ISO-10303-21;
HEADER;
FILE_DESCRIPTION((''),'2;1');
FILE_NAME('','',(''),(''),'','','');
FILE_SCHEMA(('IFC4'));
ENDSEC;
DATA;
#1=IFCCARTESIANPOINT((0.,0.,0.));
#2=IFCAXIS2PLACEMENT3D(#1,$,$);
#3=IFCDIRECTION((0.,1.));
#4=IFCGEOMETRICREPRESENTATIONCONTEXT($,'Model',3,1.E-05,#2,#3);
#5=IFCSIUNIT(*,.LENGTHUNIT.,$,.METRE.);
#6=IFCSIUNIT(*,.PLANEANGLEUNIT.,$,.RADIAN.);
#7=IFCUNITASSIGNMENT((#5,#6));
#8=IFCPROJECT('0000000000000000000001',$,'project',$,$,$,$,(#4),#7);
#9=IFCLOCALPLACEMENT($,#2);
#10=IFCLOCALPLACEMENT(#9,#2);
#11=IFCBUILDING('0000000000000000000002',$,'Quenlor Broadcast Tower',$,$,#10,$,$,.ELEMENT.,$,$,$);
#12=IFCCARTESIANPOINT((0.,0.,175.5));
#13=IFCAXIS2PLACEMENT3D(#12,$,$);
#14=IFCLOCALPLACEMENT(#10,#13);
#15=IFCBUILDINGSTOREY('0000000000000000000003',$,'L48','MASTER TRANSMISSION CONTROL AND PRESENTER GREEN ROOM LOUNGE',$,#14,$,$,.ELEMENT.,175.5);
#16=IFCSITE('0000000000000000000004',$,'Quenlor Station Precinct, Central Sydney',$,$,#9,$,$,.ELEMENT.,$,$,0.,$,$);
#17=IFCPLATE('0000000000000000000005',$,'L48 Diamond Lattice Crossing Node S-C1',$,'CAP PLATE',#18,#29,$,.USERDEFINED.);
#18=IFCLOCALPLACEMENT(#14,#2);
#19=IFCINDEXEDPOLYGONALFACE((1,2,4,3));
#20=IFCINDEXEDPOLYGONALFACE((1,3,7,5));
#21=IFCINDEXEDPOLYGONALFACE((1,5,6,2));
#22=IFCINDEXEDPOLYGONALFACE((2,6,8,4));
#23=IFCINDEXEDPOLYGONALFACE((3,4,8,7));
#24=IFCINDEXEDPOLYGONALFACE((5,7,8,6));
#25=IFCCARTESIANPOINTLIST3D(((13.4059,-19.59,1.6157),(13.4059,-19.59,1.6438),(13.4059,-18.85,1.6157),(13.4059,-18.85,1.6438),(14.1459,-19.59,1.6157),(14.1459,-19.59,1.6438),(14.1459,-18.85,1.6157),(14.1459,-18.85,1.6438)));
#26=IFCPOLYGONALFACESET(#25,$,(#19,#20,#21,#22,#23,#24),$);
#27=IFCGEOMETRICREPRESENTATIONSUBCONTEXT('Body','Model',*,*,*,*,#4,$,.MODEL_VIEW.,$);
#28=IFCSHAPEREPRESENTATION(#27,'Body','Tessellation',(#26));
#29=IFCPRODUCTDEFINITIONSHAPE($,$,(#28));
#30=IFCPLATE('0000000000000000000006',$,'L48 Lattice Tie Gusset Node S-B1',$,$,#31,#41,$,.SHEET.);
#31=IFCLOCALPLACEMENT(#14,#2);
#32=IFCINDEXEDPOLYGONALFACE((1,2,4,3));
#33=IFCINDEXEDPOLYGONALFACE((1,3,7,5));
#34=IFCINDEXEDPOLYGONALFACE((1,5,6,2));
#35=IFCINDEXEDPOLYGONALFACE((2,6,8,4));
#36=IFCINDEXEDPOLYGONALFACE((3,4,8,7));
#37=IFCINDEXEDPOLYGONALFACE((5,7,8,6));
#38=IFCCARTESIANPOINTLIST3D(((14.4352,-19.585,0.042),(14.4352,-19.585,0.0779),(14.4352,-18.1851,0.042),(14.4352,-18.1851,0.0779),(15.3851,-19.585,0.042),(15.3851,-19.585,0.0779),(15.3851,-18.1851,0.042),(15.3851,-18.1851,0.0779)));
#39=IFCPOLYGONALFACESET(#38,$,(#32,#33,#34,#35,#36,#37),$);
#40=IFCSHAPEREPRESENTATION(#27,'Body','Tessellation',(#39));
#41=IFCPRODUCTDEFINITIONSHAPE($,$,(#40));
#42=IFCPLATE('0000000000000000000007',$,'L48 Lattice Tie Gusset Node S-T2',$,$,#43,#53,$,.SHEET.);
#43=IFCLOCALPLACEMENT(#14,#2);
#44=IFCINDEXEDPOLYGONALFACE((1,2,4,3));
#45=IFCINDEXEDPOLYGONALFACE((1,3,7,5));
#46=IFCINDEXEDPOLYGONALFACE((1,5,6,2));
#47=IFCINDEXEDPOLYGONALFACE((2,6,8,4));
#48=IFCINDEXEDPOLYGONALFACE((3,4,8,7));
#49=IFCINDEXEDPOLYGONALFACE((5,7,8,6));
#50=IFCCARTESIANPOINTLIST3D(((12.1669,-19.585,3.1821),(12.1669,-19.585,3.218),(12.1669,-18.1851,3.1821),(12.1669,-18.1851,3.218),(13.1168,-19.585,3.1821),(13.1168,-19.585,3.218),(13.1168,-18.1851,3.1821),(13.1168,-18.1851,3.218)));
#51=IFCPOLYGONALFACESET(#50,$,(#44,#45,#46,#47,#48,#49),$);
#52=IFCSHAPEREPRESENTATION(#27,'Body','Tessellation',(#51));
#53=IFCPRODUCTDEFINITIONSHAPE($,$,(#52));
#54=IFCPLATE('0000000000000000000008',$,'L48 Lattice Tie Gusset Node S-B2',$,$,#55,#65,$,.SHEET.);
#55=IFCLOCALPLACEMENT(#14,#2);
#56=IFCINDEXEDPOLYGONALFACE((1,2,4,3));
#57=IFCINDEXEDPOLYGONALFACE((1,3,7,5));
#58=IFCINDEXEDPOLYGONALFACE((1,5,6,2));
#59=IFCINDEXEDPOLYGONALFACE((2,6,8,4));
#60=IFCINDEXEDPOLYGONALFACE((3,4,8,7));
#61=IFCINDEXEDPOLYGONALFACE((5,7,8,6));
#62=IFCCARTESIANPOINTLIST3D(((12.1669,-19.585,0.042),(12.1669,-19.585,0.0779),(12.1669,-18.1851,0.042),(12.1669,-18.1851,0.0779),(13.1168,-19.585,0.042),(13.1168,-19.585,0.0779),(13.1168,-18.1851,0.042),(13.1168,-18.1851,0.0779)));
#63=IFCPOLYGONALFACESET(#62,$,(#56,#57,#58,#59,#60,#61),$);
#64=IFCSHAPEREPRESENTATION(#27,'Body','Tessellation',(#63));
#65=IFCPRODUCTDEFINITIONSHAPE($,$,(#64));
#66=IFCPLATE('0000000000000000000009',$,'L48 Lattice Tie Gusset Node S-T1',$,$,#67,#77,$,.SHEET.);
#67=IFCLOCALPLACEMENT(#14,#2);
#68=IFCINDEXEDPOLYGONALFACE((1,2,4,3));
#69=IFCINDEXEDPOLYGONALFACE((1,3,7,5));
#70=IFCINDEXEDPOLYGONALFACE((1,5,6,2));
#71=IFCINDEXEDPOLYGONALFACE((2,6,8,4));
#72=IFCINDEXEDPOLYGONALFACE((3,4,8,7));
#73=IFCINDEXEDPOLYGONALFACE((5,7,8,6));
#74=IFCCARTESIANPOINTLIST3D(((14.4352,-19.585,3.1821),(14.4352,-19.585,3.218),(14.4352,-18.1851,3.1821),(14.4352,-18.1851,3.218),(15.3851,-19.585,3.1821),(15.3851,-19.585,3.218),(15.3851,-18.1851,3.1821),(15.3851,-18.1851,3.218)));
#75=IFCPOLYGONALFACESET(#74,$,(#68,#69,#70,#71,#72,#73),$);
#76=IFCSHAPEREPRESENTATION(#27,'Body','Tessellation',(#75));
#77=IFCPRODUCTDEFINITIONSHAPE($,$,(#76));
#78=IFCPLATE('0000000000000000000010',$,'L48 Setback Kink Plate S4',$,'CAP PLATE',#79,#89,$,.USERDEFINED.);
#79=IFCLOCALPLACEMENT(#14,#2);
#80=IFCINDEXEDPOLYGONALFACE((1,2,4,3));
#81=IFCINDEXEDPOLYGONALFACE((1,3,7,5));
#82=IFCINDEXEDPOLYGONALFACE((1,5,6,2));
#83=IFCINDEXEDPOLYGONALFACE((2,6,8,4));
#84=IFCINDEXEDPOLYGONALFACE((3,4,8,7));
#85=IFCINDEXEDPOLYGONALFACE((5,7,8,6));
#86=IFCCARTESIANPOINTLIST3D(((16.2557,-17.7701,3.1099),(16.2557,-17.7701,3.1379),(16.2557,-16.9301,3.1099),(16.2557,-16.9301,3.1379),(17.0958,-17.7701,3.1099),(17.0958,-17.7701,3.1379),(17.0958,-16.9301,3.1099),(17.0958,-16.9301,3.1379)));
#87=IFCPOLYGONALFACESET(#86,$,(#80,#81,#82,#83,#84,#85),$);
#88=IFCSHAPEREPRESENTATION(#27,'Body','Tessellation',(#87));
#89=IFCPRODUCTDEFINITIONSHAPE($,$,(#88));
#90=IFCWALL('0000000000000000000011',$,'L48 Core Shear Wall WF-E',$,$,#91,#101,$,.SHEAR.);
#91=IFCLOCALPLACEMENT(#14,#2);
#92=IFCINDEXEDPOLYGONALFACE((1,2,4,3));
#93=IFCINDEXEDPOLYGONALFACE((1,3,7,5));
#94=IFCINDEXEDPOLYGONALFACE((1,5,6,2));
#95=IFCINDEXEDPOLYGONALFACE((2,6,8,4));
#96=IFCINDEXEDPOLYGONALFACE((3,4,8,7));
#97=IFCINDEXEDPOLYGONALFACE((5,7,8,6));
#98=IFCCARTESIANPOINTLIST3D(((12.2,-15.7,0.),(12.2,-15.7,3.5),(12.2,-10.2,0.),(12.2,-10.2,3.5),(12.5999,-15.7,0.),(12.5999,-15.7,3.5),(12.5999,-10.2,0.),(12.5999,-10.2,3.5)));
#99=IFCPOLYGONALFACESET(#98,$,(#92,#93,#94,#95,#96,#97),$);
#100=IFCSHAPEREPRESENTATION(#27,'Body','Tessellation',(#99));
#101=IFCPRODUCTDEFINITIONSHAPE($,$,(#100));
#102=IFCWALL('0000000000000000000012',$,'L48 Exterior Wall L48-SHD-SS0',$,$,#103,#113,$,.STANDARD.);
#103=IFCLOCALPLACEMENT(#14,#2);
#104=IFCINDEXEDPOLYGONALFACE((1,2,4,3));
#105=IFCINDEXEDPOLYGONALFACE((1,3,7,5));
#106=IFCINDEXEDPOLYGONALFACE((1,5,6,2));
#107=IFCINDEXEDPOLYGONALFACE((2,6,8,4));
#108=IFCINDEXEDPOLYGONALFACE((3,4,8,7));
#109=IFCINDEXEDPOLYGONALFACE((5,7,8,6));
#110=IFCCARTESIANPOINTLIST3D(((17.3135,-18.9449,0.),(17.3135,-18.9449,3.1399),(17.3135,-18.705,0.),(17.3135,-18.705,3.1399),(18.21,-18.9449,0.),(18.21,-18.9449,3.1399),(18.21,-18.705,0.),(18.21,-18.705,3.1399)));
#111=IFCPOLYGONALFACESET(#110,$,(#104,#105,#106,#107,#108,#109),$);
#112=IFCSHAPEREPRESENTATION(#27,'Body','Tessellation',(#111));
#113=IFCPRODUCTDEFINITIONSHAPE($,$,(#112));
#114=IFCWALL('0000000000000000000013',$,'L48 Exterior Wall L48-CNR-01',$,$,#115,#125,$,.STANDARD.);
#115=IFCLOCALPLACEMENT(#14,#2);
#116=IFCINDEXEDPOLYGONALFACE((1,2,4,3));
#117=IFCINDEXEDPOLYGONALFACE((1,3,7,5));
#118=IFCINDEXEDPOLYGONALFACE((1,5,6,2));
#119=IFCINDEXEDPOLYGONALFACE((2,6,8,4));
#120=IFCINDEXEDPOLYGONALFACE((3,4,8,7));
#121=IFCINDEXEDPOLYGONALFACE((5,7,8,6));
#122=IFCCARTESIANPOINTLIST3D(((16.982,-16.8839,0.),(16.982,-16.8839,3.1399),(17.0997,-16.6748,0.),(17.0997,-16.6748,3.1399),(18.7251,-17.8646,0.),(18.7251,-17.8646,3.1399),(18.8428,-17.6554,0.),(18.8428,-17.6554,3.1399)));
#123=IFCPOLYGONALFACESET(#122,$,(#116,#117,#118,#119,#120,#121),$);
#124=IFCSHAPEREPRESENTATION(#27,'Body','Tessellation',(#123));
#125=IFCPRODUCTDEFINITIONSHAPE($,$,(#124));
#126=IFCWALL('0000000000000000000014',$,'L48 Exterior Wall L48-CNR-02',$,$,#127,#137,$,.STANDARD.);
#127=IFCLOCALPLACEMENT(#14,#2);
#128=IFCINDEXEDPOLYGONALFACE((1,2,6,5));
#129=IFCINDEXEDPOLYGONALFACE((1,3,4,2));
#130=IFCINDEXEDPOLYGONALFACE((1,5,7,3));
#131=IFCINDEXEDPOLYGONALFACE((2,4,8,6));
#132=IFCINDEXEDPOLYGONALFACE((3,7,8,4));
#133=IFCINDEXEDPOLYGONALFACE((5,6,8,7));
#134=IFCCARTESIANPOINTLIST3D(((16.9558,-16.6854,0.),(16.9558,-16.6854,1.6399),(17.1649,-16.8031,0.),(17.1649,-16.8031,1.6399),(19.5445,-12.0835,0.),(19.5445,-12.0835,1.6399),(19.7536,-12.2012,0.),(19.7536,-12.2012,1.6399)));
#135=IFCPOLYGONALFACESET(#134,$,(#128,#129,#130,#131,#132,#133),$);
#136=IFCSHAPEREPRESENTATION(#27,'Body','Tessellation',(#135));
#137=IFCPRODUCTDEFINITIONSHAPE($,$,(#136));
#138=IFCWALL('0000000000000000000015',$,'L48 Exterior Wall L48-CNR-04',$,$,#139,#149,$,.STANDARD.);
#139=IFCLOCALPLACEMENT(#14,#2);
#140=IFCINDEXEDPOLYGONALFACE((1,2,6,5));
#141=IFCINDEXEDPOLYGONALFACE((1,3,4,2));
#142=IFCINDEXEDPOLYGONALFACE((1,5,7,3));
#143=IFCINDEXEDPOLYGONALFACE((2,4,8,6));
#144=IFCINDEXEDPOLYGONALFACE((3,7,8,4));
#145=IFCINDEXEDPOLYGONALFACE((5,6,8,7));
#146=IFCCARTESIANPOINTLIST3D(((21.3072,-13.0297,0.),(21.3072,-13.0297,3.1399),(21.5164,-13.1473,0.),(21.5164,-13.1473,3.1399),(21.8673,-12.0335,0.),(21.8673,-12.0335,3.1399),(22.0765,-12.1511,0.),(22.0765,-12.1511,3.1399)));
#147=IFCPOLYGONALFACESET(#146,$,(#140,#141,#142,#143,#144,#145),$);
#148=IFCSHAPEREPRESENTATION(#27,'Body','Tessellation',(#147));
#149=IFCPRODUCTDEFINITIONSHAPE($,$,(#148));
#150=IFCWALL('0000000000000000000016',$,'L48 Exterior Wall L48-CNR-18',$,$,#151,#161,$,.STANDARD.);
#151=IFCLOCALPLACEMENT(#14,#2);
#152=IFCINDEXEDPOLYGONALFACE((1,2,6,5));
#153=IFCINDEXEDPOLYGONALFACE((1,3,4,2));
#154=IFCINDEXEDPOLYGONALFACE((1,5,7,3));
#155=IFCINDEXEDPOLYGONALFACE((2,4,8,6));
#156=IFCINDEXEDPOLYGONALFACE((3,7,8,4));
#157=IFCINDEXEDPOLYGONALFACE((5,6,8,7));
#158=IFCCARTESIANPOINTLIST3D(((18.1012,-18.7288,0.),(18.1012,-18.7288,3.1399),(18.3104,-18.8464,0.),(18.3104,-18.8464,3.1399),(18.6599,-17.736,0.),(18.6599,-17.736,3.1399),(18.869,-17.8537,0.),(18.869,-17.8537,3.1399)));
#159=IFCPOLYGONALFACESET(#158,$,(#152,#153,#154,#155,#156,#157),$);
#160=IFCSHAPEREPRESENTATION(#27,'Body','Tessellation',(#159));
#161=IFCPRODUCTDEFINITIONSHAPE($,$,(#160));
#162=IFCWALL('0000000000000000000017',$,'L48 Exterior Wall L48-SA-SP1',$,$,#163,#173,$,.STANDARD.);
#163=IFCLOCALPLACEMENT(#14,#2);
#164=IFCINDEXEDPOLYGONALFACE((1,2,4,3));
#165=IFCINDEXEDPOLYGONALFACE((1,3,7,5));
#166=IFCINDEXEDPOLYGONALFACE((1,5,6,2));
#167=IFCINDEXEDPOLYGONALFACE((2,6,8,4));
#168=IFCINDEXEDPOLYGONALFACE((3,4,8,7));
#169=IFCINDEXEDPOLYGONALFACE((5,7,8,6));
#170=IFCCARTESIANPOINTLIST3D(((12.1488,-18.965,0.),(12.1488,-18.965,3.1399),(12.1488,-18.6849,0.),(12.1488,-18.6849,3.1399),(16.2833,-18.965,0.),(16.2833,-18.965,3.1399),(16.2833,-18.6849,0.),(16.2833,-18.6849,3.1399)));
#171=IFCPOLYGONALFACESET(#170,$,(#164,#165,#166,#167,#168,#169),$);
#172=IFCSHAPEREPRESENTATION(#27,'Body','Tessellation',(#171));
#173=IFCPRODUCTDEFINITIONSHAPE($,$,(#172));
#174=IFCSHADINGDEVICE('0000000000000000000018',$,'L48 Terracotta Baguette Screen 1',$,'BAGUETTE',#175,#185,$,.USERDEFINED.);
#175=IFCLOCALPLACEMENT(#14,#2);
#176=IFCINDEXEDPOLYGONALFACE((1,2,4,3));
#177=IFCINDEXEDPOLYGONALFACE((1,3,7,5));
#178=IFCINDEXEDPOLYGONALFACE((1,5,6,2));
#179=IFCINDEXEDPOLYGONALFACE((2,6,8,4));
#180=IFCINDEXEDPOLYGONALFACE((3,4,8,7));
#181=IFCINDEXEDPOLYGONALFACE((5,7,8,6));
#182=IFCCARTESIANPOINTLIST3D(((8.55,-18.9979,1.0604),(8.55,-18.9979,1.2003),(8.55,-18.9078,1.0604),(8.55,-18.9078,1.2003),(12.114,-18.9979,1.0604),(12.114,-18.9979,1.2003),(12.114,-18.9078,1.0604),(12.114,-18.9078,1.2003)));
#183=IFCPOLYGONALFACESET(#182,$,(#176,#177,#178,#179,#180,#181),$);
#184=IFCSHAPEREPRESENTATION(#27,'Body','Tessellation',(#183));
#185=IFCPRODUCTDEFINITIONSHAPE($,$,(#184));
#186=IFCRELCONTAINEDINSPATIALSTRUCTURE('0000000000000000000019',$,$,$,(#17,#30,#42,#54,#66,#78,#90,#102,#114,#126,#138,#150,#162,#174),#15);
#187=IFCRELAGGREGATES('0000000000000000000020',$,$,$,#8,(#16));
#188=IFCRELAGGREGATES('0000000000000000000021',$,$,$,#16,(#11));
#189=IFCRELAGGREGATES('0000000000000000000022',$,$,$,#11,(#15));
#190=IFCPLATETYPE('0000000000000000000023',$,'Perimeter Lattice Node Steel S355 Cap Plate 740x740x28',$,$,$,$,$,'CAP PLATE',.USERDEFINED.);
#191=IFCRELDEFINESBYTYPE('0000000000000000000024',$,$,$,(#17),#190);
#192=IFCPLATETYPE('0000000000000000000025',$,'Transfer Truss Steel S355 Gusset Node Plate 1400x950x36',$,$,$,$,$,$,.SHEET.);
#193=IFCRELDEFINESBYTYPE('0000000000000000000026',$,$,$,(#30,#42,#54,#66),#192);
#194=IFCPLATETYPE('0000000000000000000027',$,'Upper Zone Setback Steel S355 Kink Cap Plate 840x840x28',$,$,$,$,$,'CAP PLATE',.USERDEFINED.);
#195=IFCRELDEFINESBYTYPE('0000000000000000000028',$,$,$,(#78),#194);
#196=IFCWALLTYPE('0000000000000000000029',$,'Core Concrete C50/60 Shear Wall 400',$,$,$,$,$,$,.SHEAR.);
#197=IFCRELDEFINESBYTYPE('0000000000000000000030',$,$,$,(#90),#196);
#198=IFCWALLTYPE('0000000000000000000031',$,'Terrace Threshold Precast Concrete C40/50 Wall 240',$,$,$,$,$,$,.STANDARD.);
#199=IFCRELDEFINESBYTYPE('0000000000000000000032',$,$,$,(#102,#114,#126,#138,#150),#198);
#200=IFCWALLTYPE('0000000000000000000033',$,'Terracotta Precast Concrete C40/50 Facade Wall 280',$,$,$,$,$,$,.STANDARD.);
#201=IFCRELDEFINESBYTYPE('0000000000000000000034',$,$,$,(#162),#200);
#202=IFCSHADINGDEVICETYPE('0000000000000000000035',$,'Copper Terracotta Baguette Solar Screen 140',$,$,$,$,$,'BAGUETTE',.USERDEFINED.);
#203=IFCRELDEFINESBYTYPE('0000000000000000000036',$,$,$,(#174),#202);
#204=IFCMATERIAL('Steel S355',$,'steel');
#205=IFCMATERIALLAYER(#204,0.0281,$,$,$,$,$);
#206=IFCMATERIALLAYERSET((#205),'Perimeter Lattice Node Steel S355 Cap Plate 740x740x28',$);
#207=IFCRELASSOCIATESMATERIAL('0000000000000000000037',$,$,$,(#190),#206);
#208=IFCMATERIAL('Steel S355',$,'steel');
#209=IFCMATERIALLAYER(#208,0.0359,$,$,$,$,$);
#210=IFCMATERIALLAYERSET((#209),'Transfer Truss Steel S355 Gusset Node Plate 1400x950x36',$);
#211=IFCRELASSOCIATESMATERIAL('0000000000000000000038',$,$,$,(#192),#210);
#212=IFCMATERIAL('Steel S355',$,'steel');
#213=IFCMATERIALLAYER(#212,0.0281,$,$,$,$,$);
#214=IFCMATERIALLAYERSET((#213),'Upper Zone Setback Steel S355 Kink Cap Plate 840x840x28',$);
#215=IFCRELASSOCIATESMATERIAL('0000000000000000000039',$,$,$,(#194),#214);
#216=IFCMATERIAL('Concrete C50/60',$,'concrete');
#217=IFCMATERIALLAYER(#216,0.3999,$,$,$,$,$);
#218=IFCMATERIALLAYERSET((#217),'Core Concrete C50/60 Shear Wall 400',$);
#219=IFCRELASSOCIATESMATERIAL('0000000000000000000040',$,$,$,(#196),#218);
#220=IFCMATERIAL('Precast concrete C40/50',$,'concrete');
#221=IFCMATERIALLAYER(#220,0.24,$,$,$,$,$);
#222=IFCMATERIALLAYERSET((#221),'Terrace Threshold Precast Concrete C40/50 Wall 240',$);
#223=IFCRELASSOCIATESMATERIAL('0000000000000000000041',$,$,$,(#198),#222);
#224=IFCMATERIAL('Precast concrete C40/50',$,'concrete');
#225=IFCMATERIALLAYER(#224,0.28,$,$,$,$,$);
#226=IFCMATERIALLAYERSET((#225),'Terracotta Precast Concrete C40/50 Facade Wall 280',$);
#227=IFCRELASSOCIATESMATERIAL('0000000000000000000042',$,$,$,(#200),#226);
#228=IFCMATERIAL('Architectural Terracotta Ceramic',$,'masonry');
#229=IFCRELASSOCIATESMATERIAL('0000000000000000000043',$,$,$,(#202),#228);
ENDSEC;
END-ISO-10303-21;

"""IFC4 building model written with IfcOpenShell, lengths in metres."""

from ifc_helpers import new_model, si_unit, direction, frame, frame_2d, origin, origin_2d, place, context, subcontext, project, spatial, rectangle, extrude, material, layer, layer_set, material_profile, profile_set, type_object, element, save


model = new_model("IFC4")

# Units and contexts
model_context = context("Model", 3, precision=1e-05, world=origin(), true_north=direction((0.0, 1.0)))
body_context = subcontext(model_context, "Body", "Model", "MODEL_VIEW")
ifc_project = project(units=[si_unit("LENGTHUNIT", "METRE"), si_unit("PLANEANGLEUNIT", "RADIAN")], contexts=[model_context])

# Site, building, storey
site_placement = place(None, origin())
site = spatial("IfcSite", under=ifc_project, at=site_placement, Name="Quenlor Station Precinct, Central Sydney", CompositionType="ELEMENT", RefElevation=0.0)
building_placement = place(site_placement, origin())
building = spatial("IfcBuilding", under=site, at=building_placement, Name="Quenlor Broadcast Tower", CompositionType="ELEMENT")
storey_placement = place(building_placement, frame((0.0, 0.0, 175.5)))
storey = spatial("IfcBuildingStorey", under=building, at=storey_placement, Name="L48", Description="MASTER TRANSMISSION CONTROL AND PRESENTER GREEN ROOM LOUNGE", CompositionType="ELEMENT", Elevation=175.5)

# Plates
ifc_material_1 = material(Name="Steel S355", Category="steel")
ifc_layer_1 = layer(ifc_material_1, 0.0281)
ifc_layer_set_1 = layer_set([ifc_layer_1], Name="Perimeter Lattice Node Steel S355 Cap Plate 740x740x28")
plate_type_1 = type_object("IfcPlateType", Name="Perimeter Lattice Node Steel S355 Cap Plate 740x740x28", ElementType="CAP PLATE", PredefinedType="USERDEFINED", material=ifc_layer_set_1)
plate_1_placement = place(storey_placement, frame((13.7759, -19.22, 1.6157), z_axis=(0.0, 0.0, 1.0), x_axis=(-1.0, 0.0, 0.0)))
element("IfcPlate", 1, at=plate_1_placement, inside=storey, type_object=plate_type_1, Name="L48 Diamond Lattice Crossing Node S-C1", ObjectType="CAP PLATE", PredefinedType="USERDEFINED", context=body_context, shape_type="SweptSolid", body=[
    extrude(rectangle(XDim=0.74, YDim=0.74, at=origin_2d()), origin(), (0.0, 0.0, 1.0), 0.0281),
])
ifc_material_2 = material(Name="Steel S355", Category="steel")
ifc_layer_2 = layer(ifc_material_2, 0.0359)
ifc_layer_set_2 = layer_set([ifc_layer_2], Name="Transfer Truss Steel S355 Gusset Node Plate 1400x950x36")
plate_type_2 = type_object("IfcPlateType", Name="Transfer Truss Steel S355 Gusset Node Plate 1400x950x36", PredefinedType="SHEET", material=ifc_layer_set_2)
for number, where, z_axis, x_axis, name in (
    (2, (14.9102, -18.885, 0.042), (0.0, 0.0, 1.0), (0.0, -1.0, 0.0), "L48 Lattice Tie Gusset Node S-B1"),
    (3, (12.6418, -18.885, 3.1821), (0.0, 0.0, 1.0), (0.0, -1.0, 0.0), "L48 Lattice Tie Gusset Node S-T2"),
    (4, (12.6418, -18.885, 0.042), (0.0, 0.0, 1.0), (0.0, -1.0, 0.0), "L48 Lattice Tie Gusset Node S-B2"),
    (5, (14.9102, -18.885, 3.1821), (0.0, 0.0, 1.0), (0.0, -1.0, 0.0), "L48 Lattice Tie Gusset Node S-T1"),
):
    element("IfcPlate", number, at=place(storey_placement, frame(where, z_axis=z_axis, x_axis=x_axis)), inside=storey, type_object=plate_type_2, Name=name, PredefinedType="SHEET", context=body_context, shape_type="SweptSolid", body=[
        extrude(rectangle(XDim=1.3999, YDim=0.95, at=origin_2d()), origin(), (0.0, 0.0, 1.0), 0.0359),
    ])
ifc_material_3 = material(Name="Steel S355", Category="steel")
ifc_layer_3 = layer(ifc_material_3, 0.0281)
ifc_layer_set_3 = layer_set([ifc_layer_3], Name="Upper Zone Setback Steel S355 Kink Cap Plate 840x840x28")
plate_type_3 = type_object("IfcPlateType", Name="Upper Zone Setback Steel S355 Kink Cap Plate 840x840x28", ElementType="CAP PLATE", PredefinedType="USERDEFINED", material=ifc_layer_set_3)
plate_2_placement = place(storey_placement, frame((16.6758, -17.3501, 3.1099), z_axis=(0.0, 0.0, 1.0), x_axis=(0.0, 1.0, 0.0)))
element("IfcPlate", 6, at=plate_2_placement, inside=storey, type_object=plate_type_3, Name="L48 Setback Kink Plate S4", ObjectType="CAP PLATE", PredefinedType="USERDEFINED", context=body_context, shape_type="SweptSolid", body=[
    extrude(rectangle(XDim=0.8401, YDim=0.8401, at=origin_2d()), origin(), (0.0, 0.0, 1.0), 0.0281),
])

# Walls
ifc_material_4 = material(Name="Concrete C50/60", Category="concrete")
ifc_layer_4 = layer(ifc_material_4, 0.3999)
ifc_layer_set_4 = layer_set([ifc_layer_4], Name="Core Concrete C50/60 Shear Wall 400")
wall_type_1 = type_object("IfcWallType", Name="Core Concrete C50/60 Shear Wall 400", PredefinedType="SHEAR", material=ifc_layer_set_4)
wall_1_placement = place(storey_placement, frame((12.3999, -15.7, 0.0), z_axis=(0.0, 0.0, 1.0), x_axis=(0.0, 1.0, 0.0)))
element("IfcWall", 7, at=wall_1_placement, inside=storey, type_object=wall_type_1, Name="L48 Core Shear Wall WF-E", PredefinedType="SHEAR", context=body_context, shape_type="SweptSolid", body=[
    extrude(rectangle(XDim=5.5, YDim=0.3999, at=frame_2d((2.75, 0.0))), origin(), (0.0, 0.0, 1.0), 3.5),
])
ifc_material_5 = material(Name="Precast concrete C40/50", Category="concrete")
ifc_layer_5 = layer(ifc_material_5, 0.24)
ifc_layer_set_5 = layer_set([ifc_layer_5], Name="Terrace Threshold Precast Concrete C40/50 Wall 240")
wall_type_2 = type_object("IfcWallType", Name="Terrace Threshold Precast Concrete C40/50 Wall 240", PredefinedType="STANDARD", material=ifc_layer_set_5)
wall_2_placement = place(storey_placement, frame((18.21, -18.825, 0.0), z_axis=(0.0, 0.0, 1.0), x_axis=(-1.0, 0.0, 0.0)))
element("IfcWall", 8, at=wall_2_placement, inside=storey, type_object=wall_type_2, Name="L48 Exterior Wall L48-SHD-SS0", PredefinedType="STANDARD", context=body_context, shape_type="SweptSolid", body=[
    extrude(rectangle(XDim=0.8965, YDim=0.24, at=frame_2d((0.4482, 0.0))), origin(), (0.0, 0.0, 1.0), 3.1399),
])
wall_3_placement = place(storey_placement, frame((18.7839, -17.76, 0.0), z_axis=(0.0, 0.0, 1.0), x_axis=(-0.871536, 0.490331, 0.0)))
element("IfcWall", 9, at=wall_3_placement, inside=storey, type_object=wall_type_2, Name="L48 Exterior Wall L48-CNR-01", PredefinedType="STANDARD", context=body_context, shape_type="SweptSolid", body=[
    extrude(rectangle(XDim=2.0, YDim=0.24, at=frame_2d((1.0, 0.0))), origin(), (0.0, 0.0, 1.0), 3.1399),
])
wall_4_placement = place(storey_placement, frame((17.0603, -16.7444, 0.0), z_axis=(0.0, 0.0, 1.0), x_axis=(0.490277, 0.871567, 0.0)))
element("IfcWall", 10, at=wall_4_placement, inside=storey, type_object=wall_type_2, Name="L48 Exterior Wall L48-CNR-02", PredefinedType="STANDARD", context=body_context, shape_type="SweptSolid", body=[
    extrude(rectangle(XDim=5.28, YDim=0.24, at=frame_2d((2.6401, 0.0))), origin(), (0.0, 0.0, 1.0), 1.6399),
])
wall_5_placement = place(storey_placement, frame((21.4119, -13.0884, 0.0), z_axis=(0.0, 0.0, 1.0), x_axis=(0.490099, 0.871667, 0.0)))
element("IfcWall", 11, at=wall_5_placement, inside=storey, type_object=wall_type_2, Name="L48 Exterior Wall L48-CNR-04", PredefinedType="STANDARD", context=body_context, shape_type="SweptSolid", body=[
    extrude(rectangle(XDim=1.1428, YDim=0.24, at=frame_2d((0.5713, 0.0))), origin(), (0.0, 0.0, 1.0), 3.1399),
])
wall_6_placement = place(storey_placement, frame((18.2058, -18.7876, 0.0), z_axis=(0.0, 0.0, 1.0), x_axis=(0.490404, 0.871495, 0.0)))
element("IfcWall", 12, at=wall_6_placement, inside=storey, type_object=wall_type_2, Name="L48 Exterior Wall L48-CNR-18", PredefinedType="STANDARD", context=body_context, shape_type="SweptSolid", body=[
    extrude(rectangle(XDim=1.1392, YDim=0.24, at=frame_2d((0.5696, 0.0))), origin(), (0.0, 0.0, 1.0), 3.1399),
])
ifc_material_6 = material(Name="Precast concrete C40/50", Category="concrete")
ifc_layer_6 = layer(ifc_material_6, 0.28)
ifc_layer_set_6 = layer_set([ifc_layer_6], Name="Terracotta Precast Concrete C40/50 Facade Wall 280")
wall_type_3 = type_object("IfcWallType", Name="Terracotta Precast Concrete C40/50 Facade Wall 280", PredefinedType="STANDARD", material=ifc_layer_set_6)
wall_7_placement = place(storey_placement, frame((16.2834, -18.825, 0.0), z_axis=(0.0, 0.0, 1.0), x_axis=(-1.0, 0.0, 0.0)))
element("IfcWall", 13, at=wall_7_placement, inside=storey, type_object=wall_type_3, Name="L48 Exterior Wall L48-SA-SP1", PredefinedType="STANDARD", context=body_context, shape_type="SweptSolid", body=[
    extrude(rectangle(XDim=4.1345, YDim=0.28, at=frame_2d((2.0674, 0.0))), origin(), (0.0, 0.0, 1.0), 3.1399),
])

# Shading device
ifc_material_7 = material(Name="Architectural Terracotta Ceramic", Category="masonry")
ifc_material_profile_1 = material_profile(ifc_material_7, rectangle(XDim=0.0901, YDim=0.1399, at=origin_2d()))
ifc_profile_set_1 = profile_set([ifc_material_profile_1], Name="Architectural Terracotta Ceramic BAG90x140")
shading_device_type = type_object("IfcShadingDeviceType", Name="Copper Terracotta Baguette Solar Screen 140", ElementType="BAGUETTE", PredefinedType="USERDEFINED", material=ifc_profile_set_1)
for number, where, z_axis, x_axis, name in (
    (14, (12.114, -18.9529, 1.1304), (-1.0, 0.0, 0.0), (0.0, -1.0, 0.0), "L48 Terracotta Baguette Screen 1"),
):
    element("IfcShadingDevice", number, at=place(storey_placement, frame(where, z_axis=z_axis, x_axis=x_axis)), inside=storey, type_object=shading_device_type, Name=name, ObjectType="BAGUETTE", PredefinedType="USERDEFINED", context=body_context, shape_type="SweptSolid", body=[
        extrude(rectangle(XDim=0.0901, YDim=0.1399, at=origin_2d()), origin(), (0.0, 0.0, 1.0), 3.564),
    ])

save(model, "model.ifc")
